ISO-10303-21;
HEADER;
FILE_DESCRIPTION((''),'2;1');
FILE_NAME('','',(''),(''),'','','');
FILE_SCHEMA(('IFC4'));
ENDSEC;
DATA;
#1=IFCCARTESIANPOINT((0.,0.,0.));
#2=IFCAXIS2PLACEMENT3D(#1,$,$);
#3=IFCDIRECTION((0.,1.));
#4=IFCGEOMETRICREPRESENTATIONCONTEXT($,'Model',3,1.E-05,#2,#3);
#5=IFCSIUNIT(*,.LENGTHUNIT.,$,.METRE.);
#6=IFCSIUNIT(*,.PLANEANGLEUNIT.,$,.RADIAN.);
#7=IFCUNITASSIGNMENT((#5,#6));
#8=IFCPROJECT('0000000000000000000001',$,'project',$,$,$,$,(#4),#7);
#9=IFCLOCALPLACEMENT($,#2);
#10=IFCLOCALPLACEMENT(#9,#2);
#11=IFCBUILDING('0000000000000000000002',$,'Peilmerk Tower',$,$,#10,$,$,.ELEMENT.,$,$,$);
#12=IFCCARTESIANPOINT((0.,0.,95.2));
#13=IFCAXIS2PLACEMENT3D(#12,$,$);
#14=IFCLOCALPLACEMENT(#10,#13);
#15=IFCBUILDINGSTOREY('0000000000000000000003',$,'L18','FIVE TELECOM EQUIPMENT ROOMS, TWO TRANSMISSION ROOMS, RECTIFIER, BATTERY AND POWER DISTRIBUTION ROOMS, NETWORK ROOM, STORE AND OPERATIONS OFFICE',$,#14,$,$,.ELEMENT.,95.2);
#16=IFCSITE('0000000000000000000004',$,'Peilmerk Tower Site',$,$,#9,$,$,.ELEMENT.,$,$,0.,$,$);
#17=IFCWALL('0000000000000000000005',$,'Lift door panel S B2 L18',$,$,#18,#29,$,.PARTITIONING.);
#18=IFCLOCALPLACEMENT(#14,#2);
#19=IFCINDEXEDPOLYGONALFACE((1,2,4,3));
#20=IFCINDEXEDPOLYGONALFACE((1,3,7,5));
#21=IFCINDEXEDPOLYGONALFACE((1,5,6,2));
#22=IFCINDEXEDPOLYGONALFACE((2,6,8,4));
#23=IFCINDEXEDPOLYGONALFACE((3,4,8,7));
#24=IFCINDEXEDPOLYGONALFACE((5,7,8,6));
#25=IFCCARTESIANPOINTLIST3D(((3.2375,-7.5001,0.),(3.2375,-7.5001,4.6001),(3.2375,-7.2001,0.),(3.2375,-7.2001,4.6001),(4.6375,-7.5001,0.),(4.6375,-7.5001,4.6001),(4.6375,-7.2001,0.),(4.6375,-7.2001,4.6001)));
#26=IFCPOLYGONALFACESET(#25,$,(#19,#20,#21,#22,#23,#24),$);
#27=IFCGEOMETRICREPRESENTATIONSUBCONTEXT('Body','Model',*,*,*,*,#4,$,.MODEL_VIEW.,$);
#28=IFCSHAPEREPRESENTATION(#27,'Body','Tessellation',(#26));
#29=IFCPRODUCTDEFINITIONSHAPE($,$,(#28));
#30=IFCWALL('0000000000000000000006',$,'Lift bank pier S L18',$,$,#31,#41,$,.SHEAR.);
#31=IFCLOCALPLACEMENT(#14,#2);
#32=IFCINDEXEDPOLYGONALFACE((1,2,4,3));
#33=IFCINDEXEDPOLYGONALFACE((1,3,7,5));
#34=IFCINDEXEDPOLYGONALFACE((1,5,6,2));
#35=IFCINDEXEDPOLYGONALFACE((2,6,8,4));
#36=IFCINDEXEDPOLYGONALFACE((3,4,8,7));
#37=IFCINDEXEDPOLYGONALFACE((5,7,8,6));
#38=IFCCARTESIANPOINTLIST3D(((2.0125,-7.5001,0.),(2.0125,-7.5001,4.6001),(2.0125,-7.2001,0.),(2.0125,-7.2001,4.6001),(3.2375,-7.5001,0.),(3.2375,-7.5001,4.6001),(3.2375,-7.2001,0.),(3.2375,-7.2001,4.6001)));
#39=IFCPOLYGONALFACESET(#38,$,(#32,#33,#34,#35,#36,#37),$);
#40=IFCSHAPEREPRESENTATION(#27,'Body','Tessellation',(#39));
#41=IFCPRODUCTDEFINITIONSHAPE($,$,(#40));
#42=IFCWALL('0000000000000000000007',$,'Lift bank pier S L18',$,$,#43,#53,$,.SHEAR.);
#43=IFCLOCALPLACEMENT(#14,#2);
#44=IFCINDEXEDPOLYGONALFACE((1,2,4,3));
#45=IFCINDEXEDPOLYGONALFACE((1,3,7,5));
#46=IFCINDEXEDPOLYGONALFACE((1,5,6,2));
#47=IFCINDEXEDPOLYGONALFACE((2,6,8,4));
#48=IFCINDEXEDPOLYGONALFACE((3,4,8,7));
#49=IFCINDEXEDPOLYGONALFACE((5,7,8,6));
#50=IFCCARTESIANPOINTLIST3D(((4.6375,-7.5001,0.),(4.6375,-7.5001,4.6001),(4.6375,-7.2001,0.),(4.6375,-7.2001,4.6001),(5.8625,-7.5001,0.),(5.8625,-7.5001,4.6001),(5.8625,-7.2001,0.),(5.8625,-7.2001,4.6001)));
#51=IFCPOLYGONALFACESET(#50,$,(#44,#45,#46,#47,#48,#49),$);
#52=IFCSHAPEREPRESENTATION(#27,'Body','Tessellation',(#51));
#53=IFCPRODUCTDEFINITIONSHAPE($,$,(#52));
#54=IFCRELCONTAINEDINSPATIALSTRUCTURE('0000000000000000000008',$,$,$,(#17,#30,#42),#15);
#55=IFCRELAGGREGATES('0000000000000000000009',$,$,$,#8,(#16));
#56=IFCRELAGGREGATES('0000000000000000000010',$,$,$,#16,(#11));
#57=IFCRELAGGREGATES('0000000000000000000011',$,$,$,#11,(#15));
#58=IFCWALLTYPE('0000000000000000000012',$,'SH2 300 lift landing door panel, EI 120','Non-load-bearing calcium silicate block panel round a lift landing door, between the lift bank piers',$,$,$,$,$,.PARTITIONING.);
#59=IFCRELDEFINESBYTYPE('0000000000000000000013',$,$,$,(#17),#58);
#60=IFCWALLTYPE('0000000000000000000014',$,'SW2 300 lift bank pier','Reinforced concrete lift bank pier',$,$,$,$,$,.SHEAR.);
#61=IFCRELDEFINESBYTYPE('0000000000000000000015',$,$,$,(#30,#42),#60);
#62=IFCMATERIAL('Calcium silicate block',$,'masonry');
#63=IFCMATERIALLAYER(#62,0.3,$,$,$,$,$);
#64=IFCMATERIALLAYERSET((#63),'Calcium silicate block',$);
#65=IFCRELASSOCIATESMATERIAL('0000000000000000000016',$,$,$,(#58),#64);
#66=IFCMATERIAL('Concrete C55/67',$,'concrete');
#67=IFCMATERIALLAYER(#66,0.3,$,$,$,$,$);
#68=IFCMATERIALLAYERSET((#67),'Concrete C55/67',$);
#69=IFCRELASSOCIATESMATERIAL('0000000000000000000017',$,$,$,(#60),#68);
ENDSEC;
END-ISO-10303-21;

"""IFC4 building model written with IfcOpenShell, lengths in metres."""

from ifc_helpers import new_model, si_unit, direction, frame, frame_2d, origin, place, context, subcontext, project, spatial, rectangle, extrude, material, layer, layer_set, type_object, element, save


model = new_model("IFC4")

# Units and contexts
model_context = context("Model", 3, precision=1e-05, world=origin(), true_north=direction((0.0, 1.0)))
body_context = subcontext(model_context, "Body", "Model", "MODEL_VIEW")
ifc_project = project(units=[si_unit("LENGTHUNIT", "METRE"), si_unit("PLANEANGLEUNIT", "RADIAN")], contexts=[model_context])

# Site, building, storey
site_placement = place(None, origin())
site = spatial("IfcSite", under=ifc_project, at=site_placement, Name="Peilmerk Tower Site", CompositionType="ELEMENT", RefElevation=0.0)
building_placement = place(site_placement, origin())
building = spatial("IfcBuilding", under=site, at=building_placement, Name="Peilmerk Tower", CompositionType="ELEMENT")
storey_placement = place(building_placement, frame((0.0, 0.0, 95.2)))
storey = spatial("IfcBuildingStorey", under=building, at=storey_placement, Name="L18", Description="FIVE TELECOM EQUIPMENT ROOMS, TWO TRANSMISSION ROOMS, RECTIFIER, BATTERY AND POWER DISTRIBUTION ROOMS, NETWORK ROOM, STORE AND OPERATIONS OFFICE", CompositionType="ELEMENT", Elevation=95.2)

# Shared definitions
ifc_material_1 = material(Name="Calcium silicate block", Category="masonry")

# Shared definitions
ifc_layer_1 = layer(ifc_material_1, 0.3)
ifc_layer_set_1 = layer_set([ifc_layer_1], Name="Calcium silicate block")
wall_type_1 = type_object("IfcWallType", Name="SH2 300 lift landing door panel, EI 120", Description="Non-load-bearing calcium silicate block panel round a lift landing door, between the lift bank piers", PredefinedType="PARTITIONING", material=ifc_layer_set_1)

# Walls
wall_1_placement = place(storey_placement, frame((3.2375, -7.3501, 0.0), z_axis=(0.0, 0.0, 1.0), x_axis=(1.0, 0.0, 0.0)))
element("IfcWall", 1, at=wall_1_placement, inside=storey, type_object=wall_type_1, Name="Lift door panel S B2 L18", PredefinedType="PARTITIONING", context=body_context, shape_type="SweptSolid", body=[
    extrude(rectangle(XDim=1.3999, YDim=0.3, at=frame_2d((0.7, 0.0))), origin(), (0.0, 0.0, 1.0), 4.6001),
])
ifc_material_2 = material(Name="Concrete C55/67", Category="concrete")
ifc_layer_2 = layer(ifc_material_2, 0.3)
ifc_layer_set_2 = layer_set([ifc_layer_2], Name="Concrete C55/67")
wall_type_2 = type_object("IfcWallType", Name="SW2 300 lift bank pier", Description="Reinforced concrete lift bank pier", PredefinedType="SHEAR", material=ifc_layer_set_2)
for number, where, z_axis, x_axis, name in (
    (2, (2.0125, -7.3501, 0.0), (0.0, 0.0, 1.0), (1.0, 0.0, 0.0), "Lift bank pier S L18"),
    (3, (4.6375, -7.3501, 0.0), (0.0, 0.0, 1.0), (1.0, 0.0, 0.0), "Lift bank pier S L18"),
):
    element("IfcWall", number, at=place(storey_placement, frame(where, z_axis=z_axis, x_axis=x_axis)), inside=storey, type_object=wall_type_2, Name=name, PredefinedType="SHEAR", context=body_context, shape_type="SweptSolid", body=[
        extrude(rectangle(XDim=1.2251, YDim=0.3, at=frame_2d((0.6125, 0.0))), origin(), (0.0, 0.0, 1.0), 4.6001),
    ])

save(model, "model.ifc")
